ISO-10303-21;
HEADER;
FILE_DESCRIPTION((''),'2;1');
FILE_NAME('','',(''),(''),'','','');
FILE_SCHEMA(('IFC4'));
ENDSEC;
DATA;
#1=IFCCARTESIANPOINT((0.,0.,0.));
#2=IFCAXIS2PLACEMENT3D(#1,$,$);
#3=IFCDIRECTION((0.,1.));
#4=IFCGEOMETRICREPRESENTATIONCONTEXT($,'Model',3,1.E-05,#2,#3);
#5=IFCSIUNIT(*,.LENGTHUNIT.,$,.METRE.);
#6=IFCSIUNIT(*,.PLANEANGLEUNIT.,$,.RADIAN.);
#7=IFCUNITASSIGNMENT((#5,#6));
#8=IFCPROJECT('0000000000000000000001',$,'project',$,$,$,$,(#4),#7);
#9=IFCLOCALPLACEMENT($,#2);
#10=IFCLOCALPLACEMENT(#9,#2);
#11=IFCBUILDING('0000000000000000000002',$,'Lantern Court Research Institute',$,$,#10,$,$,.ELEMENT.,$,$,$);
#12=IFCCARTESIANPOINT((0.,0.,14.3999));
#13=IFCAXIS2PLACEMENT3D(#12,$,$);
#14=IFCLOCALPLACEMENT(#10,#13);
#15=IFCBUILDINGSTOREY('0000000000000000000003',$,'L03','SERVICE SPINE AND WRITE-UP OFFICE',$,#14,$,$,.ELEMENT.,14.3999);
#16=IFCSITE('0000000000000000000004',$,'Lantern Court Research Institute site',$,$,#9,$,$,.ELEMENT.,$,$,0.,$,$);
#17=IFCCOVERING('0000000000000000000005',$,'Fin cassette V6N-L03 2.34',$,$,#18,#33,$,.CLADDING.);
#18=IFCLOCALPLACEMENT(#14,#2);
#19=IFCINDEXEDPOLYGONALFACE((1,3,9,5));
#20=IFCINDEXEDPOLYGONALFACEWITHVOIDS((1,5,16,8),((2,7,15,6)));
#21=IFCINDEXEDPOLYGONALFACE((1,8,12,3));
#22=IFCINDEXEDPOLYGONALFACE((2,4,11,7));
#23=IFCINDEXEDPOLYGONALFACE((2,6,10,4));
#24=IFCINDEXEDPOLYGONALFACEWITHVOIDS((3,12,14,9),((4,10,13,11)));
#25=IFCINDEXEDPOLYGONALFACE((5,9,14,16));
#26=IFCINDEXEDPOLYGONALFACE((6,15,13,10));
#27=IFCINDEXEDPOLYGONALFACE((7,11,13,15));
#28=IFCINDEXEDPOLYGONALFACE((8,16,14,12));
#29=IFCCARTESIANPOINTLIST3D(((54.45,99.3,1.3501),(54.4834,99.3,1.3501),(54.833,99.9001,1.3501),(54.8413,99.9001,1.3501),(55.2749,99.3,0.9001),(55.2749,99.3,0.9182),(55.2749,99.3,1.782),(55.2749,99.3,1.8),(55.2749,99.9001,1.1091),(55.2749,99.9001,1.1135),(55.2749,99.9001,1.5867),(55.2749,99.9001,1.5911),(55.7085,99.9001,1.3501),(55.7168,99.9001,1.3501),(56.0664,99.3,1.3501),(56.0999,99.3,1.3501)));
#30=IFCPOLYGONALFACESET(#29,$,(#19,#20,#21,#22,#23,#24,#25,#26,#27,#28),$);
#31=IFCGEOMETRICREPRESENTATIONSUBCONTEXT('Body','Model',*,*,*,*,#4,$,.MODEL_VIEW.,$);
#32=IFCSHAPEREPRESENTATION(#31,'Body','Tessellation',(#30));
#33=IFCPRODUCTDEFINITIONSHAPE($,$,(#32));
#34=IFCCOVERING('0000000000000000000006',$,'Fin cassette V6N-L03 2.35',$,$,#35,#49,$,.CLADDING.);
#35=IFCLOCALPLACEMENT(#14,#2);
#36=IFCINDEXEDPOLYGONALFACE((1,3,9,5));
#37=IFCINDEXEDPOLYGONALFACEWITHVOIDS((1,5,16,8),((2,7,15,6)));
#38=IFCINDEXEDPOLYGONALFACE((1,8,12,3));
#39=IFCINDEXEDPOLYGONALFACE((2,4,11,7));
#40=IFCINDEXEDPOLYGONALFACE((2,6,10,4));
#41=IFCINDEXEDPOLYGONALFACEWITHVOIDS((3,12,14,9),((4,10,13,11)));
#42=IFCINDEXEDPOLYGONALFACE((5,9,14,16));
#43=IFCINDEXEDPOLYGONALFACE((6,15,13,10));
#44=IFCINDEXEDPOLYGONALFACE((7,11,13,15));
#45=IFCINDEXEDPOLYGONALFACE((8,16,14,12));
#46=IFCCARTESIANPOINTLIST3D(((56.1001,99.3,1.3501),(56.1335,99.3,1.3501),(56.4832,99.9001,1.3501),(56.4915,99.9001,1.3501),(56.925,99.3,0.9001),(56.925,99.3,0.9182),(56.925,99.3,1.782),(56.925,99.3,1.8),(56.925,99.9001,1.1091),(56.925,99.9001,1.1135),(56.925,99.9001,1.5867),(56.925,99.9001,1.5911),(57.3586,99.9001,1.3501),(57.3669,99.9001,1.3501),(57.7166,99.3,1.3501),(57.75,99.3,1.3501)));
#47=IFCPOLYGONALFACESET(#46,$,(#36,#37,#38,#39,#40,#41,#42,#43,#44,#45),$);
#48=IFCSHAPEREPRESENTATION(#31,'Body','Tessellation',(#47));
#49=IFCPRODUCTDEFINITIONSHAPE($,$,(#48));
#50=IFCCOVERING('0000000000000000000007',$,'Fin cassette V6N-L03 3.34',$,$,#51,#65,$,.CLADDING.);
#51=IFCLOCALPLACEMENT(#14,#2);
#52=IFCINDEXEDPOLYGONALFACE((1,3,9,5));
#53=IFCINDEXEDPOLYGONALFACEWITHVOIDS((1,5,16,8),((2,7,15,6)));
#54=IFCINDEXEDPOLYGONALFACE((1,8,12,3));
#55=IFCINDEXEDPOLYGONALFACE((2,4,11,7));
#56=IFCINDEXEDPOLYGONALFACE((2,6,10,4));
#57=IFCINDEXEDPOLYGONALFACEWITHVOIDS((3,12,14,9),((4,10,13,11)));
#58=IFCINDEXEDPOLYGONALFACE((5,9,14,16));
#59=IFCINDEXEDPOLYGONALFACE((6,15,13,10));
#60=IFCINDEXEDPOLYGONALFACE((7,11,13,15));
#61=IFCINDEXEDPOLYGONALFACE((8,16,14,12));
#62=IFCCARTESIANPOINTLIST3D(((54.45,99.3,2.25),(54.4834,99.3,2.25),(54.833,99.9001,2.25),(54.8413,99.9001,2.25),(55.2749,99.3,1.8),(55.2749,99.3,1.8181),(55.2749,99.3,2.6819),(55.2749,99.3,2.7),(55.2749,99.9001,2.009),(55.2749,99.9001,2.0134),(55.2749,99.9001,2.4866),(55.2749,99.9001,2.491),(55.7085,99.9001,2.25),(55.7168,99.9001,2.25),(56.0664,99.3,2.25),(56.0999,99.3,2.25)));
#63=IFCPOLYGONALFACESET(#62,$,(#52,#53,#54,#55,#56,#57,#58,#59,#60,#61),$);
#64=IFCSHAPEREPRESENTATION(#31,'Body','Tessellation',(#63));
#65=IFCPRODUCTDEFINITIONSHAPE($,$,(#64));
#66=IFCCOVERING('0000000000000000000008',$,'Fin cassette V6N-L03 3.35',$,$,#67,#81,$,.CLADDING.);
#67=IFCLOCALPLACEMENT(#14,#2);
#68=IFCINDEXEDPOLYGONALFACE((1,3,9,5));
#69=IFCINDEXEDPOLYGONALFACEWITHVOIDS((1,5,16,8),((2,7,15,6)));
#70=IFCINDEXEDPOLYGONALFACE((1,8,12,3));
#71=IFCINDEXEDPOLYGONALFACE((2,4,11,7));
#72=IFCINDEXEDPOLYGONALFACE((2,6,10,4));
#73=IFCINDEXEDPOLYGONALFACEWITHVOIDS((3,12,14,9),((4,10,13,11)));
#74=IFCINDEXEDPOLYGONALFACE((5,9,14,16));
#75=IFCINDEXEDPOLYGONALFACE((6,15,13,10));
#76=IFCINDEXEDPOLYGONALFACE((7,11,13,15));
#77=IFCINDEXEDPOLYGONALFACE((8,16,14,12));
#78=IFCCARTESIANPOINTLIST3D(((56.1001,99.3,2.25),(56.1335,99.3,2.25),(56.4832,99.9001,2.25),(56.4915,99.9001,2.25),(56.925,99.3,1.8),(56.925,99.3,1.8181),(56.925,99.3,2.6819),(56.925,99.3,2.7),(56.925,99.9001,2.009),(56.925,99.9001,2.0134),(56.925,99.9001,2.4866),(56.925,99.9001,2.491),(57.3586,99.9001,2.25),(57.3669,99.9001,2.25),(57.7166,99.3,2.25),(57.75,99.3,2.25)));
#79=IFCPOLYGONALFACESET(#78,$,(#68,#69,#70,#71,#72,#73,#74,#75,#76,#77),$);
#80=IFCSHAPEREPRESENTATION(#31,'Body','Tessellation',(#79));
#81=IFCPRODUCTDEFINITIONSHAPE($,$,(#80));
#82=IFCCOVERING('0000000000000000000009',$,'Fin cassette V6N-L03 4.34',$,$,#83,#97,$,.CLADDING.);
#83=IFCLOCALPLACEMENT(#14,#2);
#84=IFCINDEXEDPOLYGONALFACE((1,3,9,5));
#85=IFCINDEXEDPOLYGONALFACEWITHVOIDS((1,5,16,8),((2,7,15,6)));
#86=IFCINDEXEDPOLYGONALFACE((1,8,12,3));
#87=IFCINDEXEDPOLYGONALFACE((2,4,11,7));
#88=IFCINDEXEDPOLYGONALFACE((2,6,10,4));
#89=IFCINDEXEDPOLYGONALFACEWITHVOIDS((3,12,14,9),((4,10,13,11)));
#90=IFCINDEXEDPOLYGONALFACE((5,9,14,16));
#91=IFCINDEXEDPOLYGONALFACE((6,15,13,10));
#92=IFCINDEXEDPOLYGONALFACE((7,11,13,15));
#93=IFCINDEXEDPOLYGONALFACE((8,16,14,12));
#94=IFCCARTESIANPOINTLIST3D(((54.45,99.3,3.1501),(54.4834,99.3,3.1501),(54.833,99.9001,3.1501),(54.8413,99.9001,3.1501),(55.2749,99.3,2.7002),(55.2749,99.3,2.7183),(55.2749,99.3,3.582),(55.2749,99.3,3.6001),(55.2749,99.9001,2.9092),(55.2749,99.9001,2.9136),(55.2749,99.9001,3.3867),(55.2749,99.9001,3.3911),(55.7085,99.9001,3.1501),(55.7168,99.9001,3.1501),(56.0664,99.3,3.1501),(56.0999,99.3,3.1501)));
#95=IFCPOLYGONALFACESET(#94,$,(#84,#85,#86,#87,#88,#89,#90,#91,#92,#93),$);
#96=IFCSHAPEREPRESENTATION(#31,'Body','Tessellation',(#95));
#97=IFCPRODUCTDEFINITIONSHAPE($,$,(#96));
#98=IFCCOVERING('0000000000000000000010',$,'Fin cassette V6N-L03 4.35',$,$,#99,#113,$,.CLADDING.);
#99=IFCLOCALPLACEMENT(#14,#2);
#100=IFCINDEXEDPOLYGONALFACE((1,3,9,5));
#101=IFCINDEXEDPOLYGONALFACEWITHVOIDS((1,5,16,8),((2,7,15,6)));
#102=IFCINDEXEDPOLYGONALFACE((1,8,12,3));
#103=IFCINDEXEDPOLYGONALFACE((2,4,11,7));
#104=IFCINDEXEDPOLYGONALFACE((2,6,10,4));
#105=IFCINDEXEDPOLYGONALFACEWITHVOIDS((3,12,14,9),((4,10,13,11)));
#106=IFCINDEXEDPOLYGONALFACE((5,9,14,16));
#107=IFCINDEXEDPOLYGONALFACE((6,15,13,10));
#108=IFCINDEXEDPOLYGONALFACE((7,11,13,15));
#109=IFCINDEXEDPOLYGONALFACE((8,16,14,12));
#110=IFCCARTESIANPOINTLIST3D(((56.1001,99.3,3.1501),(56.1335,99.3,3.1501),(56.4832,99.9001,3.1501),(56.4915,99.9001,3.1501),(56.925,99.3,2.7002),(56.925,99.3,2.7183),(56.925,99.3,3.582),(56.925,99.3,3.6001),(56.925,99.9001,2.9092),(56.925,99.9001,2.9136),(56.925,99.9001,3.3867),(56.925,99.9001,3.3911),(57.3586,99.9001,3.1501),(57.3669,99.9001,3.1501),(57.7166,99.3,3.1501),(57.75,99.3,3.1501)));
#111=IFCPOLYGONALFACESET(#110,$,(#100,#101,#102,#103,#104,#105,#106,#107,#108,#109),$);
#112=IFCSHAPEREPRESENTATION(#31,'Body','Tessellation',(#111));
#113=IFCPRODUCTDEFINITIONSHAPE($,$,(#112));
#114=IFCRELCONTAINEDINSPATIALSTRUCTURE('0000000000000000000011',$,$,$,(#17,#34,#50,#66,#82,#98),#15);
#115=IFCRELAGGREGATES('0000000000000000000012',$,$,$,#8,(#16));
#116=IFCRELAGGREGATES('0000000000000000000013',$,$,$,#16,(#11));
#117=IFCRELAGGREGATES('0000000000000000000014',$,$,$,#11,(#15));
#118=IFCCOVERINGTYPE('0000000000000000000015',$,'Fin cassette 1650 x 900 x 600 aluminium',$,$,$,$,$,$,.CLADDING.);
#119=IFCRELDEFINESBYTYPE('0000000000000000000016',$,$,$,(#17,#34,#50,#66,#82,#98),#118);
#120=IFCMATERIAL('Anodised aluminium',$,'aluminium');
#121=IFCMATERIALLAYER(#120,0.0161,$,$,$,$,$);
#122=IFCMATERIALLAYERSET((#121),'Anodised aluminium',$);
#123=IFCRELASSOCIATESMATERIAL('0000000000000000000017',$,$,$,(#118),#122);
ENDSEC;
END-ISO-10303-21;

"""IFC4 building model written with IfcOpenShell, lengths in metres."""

from ifc_helpers import new_model, entity, si_unit, direction, frame, origin, place, context, subcontext, project, spatial, material, layer, layer_set, type_object, element, save


model = new_model("IFC4")

# Units and contexts
model_context = context("Model", 3, precision=1e-05, world=origin(), true_north=direction((0.0, 1.0)))
body_context = subcontext(model_context, "Body", "Model", "MODEL_VIEW")
ifc_project = project(units=[si_unit("LENGTHUNIT", "METRE"), si_unit("PLANEANGLEUNIT", "RADIAN")], contexts=[model_context])

# Site, building, storey
site_placement = place(None, origin())
site = spatial("IfcSite", under=ifc_project, at=site_placement, Name="Lantern Court Research Institute site", CompositionType="ELEMENT", RefElevation=0.0)
building_placement = place(site_placement, origin())
building = spatial("IfcBuilding", under=site, at=building_placement, Name="Lantern Court Research Institute", CompositionType="ELEMENT")
storey_placement = place(building_placement, frame((0.0, 0.0, 14.3999)))
storey = spatial("IfcBuildingStorey", under=building, at=storey_placement, Name="L03", Description="SERVICE SPINE AND WRITE-UP OFFICE", CompositionType="ELEMENT", Elevation=14.3999)

# Coverings
ifc_material_1 = material(Name="Anodised aluminium", Category="aluminium")
ifc_layer_1 = layer(ifc_material_1, 0.0161)
ifc_layer_set_1 = layer_set([ifc_layer_1], Name="Anodised aluminium")
covering_type_1 = type_object("IfcCoveringType", Name="Fin cassette 1650 x 900 x 600 aluminium", PredefinedType="CLADDING", material=ifc_layer_set_1)
covering_1_placement = place(storey_placement, frame((55.2749, 99.3, 1.3501), z_axis=(0.0, 1.0, 0.0), x_axis=(-1.0, 0.0, 0.0)))
cartesian_point_1 = entity("IfcCartesianPoint", [0.825, 0.0])
cartesian_point_2 = entity("IfcCartesianPoint", [0.7915, 0.0])
cartesian_point_3 = entity("IfcCartesianPoint", [0.4419, 0.0])
cartesian_point_4 = entity("IfcCartesianPoint", [0.4336, 0.0])
element("IfcCovering", 1, at=covering_1_placement, inside=storey, type_object=covering_type_1, Name="Fin cassette V6N-L03 2.34", PredefinedType="CLADDING", context=body_context, shape_type="SweptSolid", body=[
    entity("IfcExtrudedAreaSolidTapered", entity("IfcArbitraryProfileDefWithVoids", "AREA", None, entity("IfcPolyline", [cartesian_point_1, entity("IfcCartesianPoint", [0.0, 0.45]), entity("IfcCartesianPoint", [-0.825, 0.0]), entity("IfcCartesianPoint", [0.0, -0.45]), cartesian_point_1]), [entity("IfcPolyline", [cartesian_point_2, entity("IfcCartesianPoint", [0.0, 0.4319]), entity("IfcCartesianPoint", [-0.7915, 0.0]), entity("IfcCartesianPoint", [0.0, -0.4319]), cartesian_point_2])]), entity("IfcAxis2Placement3D", entity("IfcCartesianPoint", [0.0, 0.0, 0.0])), entity("IfcDirection", [0.0, 0.0, 1.0]), 0.6001, entity("IfcArbitraryProfileDefWithVoids", "AREA", None, entity("IfcPolyline", [cartesian_point_3, entity("IfcCartesianPoint", [0.0, 0.241]), entity("IfcCartesianPoint", [-0.4419, 0.0]), entity("IfcCartesianPoint", [0.0, -0.241]), cartesian_point_3]), [entity("IfcPolyline", [cartesian_point_4, entity("IfcCartesianPoint", [0.0, 0.2366]), entity("IfcCartesianPoint", [-0.4336, 0.0]), entity("IfcCartesianPoint", [0.0, -0.2366]), cartesian_point_4])])),
])
covering_2_placement = place(storey_placement, frame((56.925, 99.3, 1.3501), z_axis=(0.0, 1.0, 0.0), x_axis=(-1.0, 0.0, 0.0)))
cartesian_point_5 = entity("IfcCartesianPoint", [0.825, 0.0])
cartesian_point_6 = entity("IfcCartesianPoint", [0.7915, 0.0])
cartesian_point_7 = entity("IfcCartesianPoint", [0.4419, 0.0])
cartesian_point_8 = entity("IfcCartesianPoint", [0.4336, 0.0])
element("IfcCovering", 2, at=covering_2_placement, inside=storey, type_object=covering_type_1, Name="Fin cassette V6N-L03 2.35", PredefinedType="CLADDING", context=body_context, shape_type="SweptSolid", body=[
    entity("IfcExtrudedAreaSolidTapered", entity("IfcArbitraryProfileDefWithVoids", "AREA", None, entity("IfcPolyline", [cartesian_point_5, entity("IfcCartesianPoint", [0.0, 0.45]), entity("IfcCartesianPoint", [-0.825, 0.0]), entity("IfcCartesianPoint", [0.0, -0.45]), cartesian_point_5]), [entity("IfcPolyline", [cartesian_point_6, entity("IfcCartesianPoint", [0.0, 0.4319]), entity("IfcCartesianPoint", [-0.7915, 0.0]), entity("IfcCartesianPoint", [0.0, -0.4319]), cartesian_point_6])]), entity("IfcAxis2Placement3D", entity("IfcCartesianPoint", [0.0, 0.0, 0.0])), entity("IfcDirection", [0.0, 0.0, 1.0]), 0.6001, entity("IfcArbitraryProfileDefWithVoids", "AREA", None, entity("IfcPolyline", [cartesian_point_7, entity("IfcCartesianPoint", [0.0, 0.241]), entity("IfcCartesianPoint", [-0.4419, 0.0]), entity("IfcCartesianPoint", [0.0, -0.241]), cartesian_point_7]), [entity("IfcPolyline", [cartesian_point_8, entity("IfcCartesianPoint", [0.0, 0.2366]), entity("IfcCartesianPoint", [-0.4336, 0.0]), entity("IfcCartesianPoint", [0.0, -0.2366]), cartesian_point_8])])),
])
covering_3_placement = place(storey_placement, frame((55.2749, 99.3, 2.25), z_axis=(0.0, 1.0, 0.0), x_axis=(-1.0, 0.0, 0.0)))
cartesian_point_9 = entity("IfcCartesianPoint", [0.825, 0.0])
cartesian_point_10 = entity("IfcCartesianPoint", [0.7915, 0.0])
cartesian_point_11 = entity("IfcCartesianPoint", [0.4419, 0.0])
cartesian_point_12 = entity("IfcCartesianPoint", [0.4336, 0.0])
element("IfcCovering", 3, at=covering_3_placement, inside=storey, type_object=covering_type_1, Name="Fin cassette V6N-L03 3.34", PredefinedType="CLADDING", context=body_context, shape_type="SweptSolid", body=[
    entity("IfcExtrudedAreaSolidTapered", entity("IfcArbitraryProfileDefWithVoids", "AREA", None, entity("IfcPolyline", [cartesian_point_9, entity("IfcCartesianPoint", [0.0, 0.45]), entity("IfcCartesianPoint", [-0.825, 0.0]), entity("IfcCartesianPoint", [0.0, -0.45]), cartesian_point_9]), [entity("IfcPolyline", [cartesian_point_10, entity("IfcCartesianPoint", [0.0, 0.4319]), entity("IfcCartesianPoint", [-0.7915, 0.0]), entity("IfcCartesianPoint", [0.0, -0.4319]), cartesian_point_10])]), entity("IfcAxis2Placement3D", entity("IfcCartesianPoint", [0.0, 0.0, 0.0])), entity("IfcDirection", [0.0, 0.0, 1.0]), 0.6001, entity("IfcArbitraryProfileDefWithVoids", "AREA", None, entity("IfcPolyline", [cartesian_point_11, entity("IfcCartesianPoint", [0.0, 0.241]), entity("IfcCartesianPoint", [-0.4419, 0.0]), entity("IfcCartesianPoint", [0.0, -0.241]), cartesian_point_11]), [entity("IfcPolyline", [cartesian_point_12, entity("IfcCartesianPoint", [0.0, 0.2366]), entity("IfcCartesianPoint", [-0.4336, 0.0]), entity("IfcCartesianPoint", [0.0, -0.2366]), cartesian_point_12])])),
])
covering_4_placement = place(storey_placement, frame((56.925, 99.3, 2.25), z_axis=(0.0, 1.0, 0.0), x_axis=(-1.0, 0.0, 0.0)))
cartesian_point_13 = entity("IfcCartesianPoint", [0.825, 0.0])
cartesian_point_14 = entity("IfcCartesianPoint", [0.7915, 0.0])
cartesian_point_15 = entity("IfcCartesianPoint", [0.4419, 0.0])
cartesian_point_16 = entity("IfcCartesianPoint", [0.4336, 0.0])
element("IfcCovering", 4, at=covering_4_placement, inside=storey, type_object=covering_type_1, Name="Fin cassette V6N-L03 3.35", PredefinedType="CLADDING", context=body_context, shape_type="SweptSolid", body=[
    entity("IfcExtrudedAreaSolidTapered", entity("IfcArbitraryProfileDefWithVoids", "AREA", None, entity("IfcPolyline", [cartesian_point_13, entity("IfcCartesianPoint", [0.0, 0.45]), entity("IfcCartesianPoint", [-0.825, 0.0]), entity("IfcCartesianPoint", [0.0, -0.45]), cartesian_point_13]), [entity("IfcPolyline", [cartesian_point_14, entity("IfcCartesianPoint", [0.0, 0.4319]), entity("IfcCartesianPoint", [-0.7915, 0.0]), entity("IfcCartesianPoint", [0.0, -0.4319]), cartesian_point_14])]), entity("IfcAxis2Placement3D", entity("IfcCartesianPoint", [0.0, 0.0, 0.0])), entity("IfcDirection", [0.0, 0.0, 1.0]), 0.6001, entity("IfcArbitraryProfileDefWithVoids", "AREA", None, entity("IfcPolyline", [cartesian_point_15, entity("IfcCartesianPoint", [0.0, 0.241]), entity("IfcCartesianPoint", [-0.4419, 0.0]), entity("IfcCartesianPoint", [0.0, -0.241]), cartesian_point_15]), [entity("IfcPolyline", [cartesian_point_16, entity("IfcCartesianPoint", [0.0, 0.2366]), entity("IfcCartesianPoint", [-0.4336, 0.0]), entity("IfcCartesianPoint", [0.0, -0.2366]), cartesian_point_16])])),
])
covering_5_placement = place(storey_placement, frame((55.2749, 99.3, 3.1501), z_axis=(0.0, 1.0, 0.0), x_axis=(-1.0, 0.0, 0.0)))
cartesian_point_17 = entity("IfcCartesianPoint", [0.825, 0.0])
cartesian_point_18 = entity("IfcCartesianPoint", [0.7915, 0.0])
cartesian_point_19 = entity("IfcCartesianPoint", [0.4419, 0.0])
cartesian_point_20 = entity("IfcCartesianPoint", [0.4336, 0.0])
element("IfcCovering", 5, at=covering_5_placement, inside=storey, type_object=covering_type_1, Name="Fin cassette V6N-L03 4.34", PredefinedType="CLADDING", context=body_context, shape_type="SweptSolid", body=[
    entity("IfcExtrudedAreaSolidTapered", entity("IfcArbitraryProfileDefWithVoids", "AREA", None, entity("IfcPolyline", [cartesian_point_17, entity("IfcCartesianPoint", [0.0, 0.45]), entity("IfcCartesianPoint", [-0.825, 0.0]), entity("IfcCartesianPoint", [0.0, -0.45]), cartesian_point_17]), [entity("IfcPolyline", [cartesian_point_18, entity("IfcCartesianPoint", [0.0, 0.4319]), entity("IfcCartesianPoint", [-0.7915, 0.0]), entity("IfcCartesianPoint", [0.0, -0.4319]), cartesian_point_18])]), entity("IfcAxis2Placement3D", entity("IfcCartesianPoint", [0.0, 0.0, 0.0])), entity("IfcDirection", [0.0, 0.0, 1.0]), 0.6001, entity("IfcArbitraryProfileDefWithVoids", "AREA", None, entity("IfcPolyline", [cartesian_point_19, entity("IfcCartesianPoint", [0.0, 0.241]), entity("IfcCartesianPoint", [-0.4419, 0.0]), entity("IfcCartesianPoint", [0.0, -0.241]), cartesian_point_19]), [entity("IfcPolyline", [cartesian_point_20, entity("IfcCartesianPoint", [0.0, 0.2366]), entity("IfcCartesianPoint", [-0.4336, 0.0]), entity("IfcCartesianPoint", [0.0, -0.2366]), cartesian_point_20])])),
])
covering_6_placement = place(storey_placement, frame((56.925, 99.3, 3.1501), z_axis=(0.0, 1.0, 0.0), x_axis=(-1.0, 0.0, 0.0)))
cartesian_point_21 = entity("IfcCartesianPoint", [0.825, 0.0])
cartesian_point_22 = entity("IfcCartesianPoint", [0.7915, 0.0])
cartesian_point_23 = entity("IfcCartesianPoint", [0.4419, 0.0])
cartesian_point_24 = entity("IfcCartesianPoint", [0.4336, 0.0])
element("IfcCovering", 6, at=covering_6_placement, inside=storey, type_object=covering_type_1, Name="Fin cassette V6N-L03 4.35", PredefinedType="CLADDING", context=body_context, shape_type="SweptSolid", body=[
    entity("IfcExtrudedAreaSolidTapered", entity("IfcArbitraryProfileDefWithVoids", "AREA", None, entity("IfcPolyline", [cartesian_point_21, entity("IfcCartesianPoint", [0.0, 0.45]), entity("IfcCartesianPoint", [-0.825, 0.0]), entity("IfcCartesianPoint", [0.0, -0.45]), cartesian_point_21]), [entity("IfcPolyline", [cartesian_point_22, entity("IfcCartesianPoint", [0.0, 0.4319]), entity("IfcCartesianPoint", [-0.7915, 0.0]), entity("IfcCartesianPoint", [0.0, -0.4319]), cartesian_point_22])]), entity("IfcAxis2Placement3D", entity("IfcCartesianPoint", [0.0, 0.0, 0.0])), entity("IfcDirection", [0.0, 0.0, 1.0]), 0.6001, entity("IfcArbitraryProfileDefWithVoids", "AREA", None, entity("IfcPolyline", [cartesian_point_23, entity("IfcCartesianPoint", [0.0, 0.241]), entity("IfcCartesianPoint", [-0.4419, 0.0]), entity("IfcCartesianPoint", [0.0, -0.241]), cartesian_point_23]), [entity("IfcPolyline", [cartesian_point_24, entity("IfcCartesianPoint", [0.0, 0.2366]), entity("IfcCartesianPoint", [-0.4336, 0.0]), entity("IfcCartesianPoint", [0.0, -0.2366]), cartesian_point_24])])),
])

save(model, "model.ifc")
